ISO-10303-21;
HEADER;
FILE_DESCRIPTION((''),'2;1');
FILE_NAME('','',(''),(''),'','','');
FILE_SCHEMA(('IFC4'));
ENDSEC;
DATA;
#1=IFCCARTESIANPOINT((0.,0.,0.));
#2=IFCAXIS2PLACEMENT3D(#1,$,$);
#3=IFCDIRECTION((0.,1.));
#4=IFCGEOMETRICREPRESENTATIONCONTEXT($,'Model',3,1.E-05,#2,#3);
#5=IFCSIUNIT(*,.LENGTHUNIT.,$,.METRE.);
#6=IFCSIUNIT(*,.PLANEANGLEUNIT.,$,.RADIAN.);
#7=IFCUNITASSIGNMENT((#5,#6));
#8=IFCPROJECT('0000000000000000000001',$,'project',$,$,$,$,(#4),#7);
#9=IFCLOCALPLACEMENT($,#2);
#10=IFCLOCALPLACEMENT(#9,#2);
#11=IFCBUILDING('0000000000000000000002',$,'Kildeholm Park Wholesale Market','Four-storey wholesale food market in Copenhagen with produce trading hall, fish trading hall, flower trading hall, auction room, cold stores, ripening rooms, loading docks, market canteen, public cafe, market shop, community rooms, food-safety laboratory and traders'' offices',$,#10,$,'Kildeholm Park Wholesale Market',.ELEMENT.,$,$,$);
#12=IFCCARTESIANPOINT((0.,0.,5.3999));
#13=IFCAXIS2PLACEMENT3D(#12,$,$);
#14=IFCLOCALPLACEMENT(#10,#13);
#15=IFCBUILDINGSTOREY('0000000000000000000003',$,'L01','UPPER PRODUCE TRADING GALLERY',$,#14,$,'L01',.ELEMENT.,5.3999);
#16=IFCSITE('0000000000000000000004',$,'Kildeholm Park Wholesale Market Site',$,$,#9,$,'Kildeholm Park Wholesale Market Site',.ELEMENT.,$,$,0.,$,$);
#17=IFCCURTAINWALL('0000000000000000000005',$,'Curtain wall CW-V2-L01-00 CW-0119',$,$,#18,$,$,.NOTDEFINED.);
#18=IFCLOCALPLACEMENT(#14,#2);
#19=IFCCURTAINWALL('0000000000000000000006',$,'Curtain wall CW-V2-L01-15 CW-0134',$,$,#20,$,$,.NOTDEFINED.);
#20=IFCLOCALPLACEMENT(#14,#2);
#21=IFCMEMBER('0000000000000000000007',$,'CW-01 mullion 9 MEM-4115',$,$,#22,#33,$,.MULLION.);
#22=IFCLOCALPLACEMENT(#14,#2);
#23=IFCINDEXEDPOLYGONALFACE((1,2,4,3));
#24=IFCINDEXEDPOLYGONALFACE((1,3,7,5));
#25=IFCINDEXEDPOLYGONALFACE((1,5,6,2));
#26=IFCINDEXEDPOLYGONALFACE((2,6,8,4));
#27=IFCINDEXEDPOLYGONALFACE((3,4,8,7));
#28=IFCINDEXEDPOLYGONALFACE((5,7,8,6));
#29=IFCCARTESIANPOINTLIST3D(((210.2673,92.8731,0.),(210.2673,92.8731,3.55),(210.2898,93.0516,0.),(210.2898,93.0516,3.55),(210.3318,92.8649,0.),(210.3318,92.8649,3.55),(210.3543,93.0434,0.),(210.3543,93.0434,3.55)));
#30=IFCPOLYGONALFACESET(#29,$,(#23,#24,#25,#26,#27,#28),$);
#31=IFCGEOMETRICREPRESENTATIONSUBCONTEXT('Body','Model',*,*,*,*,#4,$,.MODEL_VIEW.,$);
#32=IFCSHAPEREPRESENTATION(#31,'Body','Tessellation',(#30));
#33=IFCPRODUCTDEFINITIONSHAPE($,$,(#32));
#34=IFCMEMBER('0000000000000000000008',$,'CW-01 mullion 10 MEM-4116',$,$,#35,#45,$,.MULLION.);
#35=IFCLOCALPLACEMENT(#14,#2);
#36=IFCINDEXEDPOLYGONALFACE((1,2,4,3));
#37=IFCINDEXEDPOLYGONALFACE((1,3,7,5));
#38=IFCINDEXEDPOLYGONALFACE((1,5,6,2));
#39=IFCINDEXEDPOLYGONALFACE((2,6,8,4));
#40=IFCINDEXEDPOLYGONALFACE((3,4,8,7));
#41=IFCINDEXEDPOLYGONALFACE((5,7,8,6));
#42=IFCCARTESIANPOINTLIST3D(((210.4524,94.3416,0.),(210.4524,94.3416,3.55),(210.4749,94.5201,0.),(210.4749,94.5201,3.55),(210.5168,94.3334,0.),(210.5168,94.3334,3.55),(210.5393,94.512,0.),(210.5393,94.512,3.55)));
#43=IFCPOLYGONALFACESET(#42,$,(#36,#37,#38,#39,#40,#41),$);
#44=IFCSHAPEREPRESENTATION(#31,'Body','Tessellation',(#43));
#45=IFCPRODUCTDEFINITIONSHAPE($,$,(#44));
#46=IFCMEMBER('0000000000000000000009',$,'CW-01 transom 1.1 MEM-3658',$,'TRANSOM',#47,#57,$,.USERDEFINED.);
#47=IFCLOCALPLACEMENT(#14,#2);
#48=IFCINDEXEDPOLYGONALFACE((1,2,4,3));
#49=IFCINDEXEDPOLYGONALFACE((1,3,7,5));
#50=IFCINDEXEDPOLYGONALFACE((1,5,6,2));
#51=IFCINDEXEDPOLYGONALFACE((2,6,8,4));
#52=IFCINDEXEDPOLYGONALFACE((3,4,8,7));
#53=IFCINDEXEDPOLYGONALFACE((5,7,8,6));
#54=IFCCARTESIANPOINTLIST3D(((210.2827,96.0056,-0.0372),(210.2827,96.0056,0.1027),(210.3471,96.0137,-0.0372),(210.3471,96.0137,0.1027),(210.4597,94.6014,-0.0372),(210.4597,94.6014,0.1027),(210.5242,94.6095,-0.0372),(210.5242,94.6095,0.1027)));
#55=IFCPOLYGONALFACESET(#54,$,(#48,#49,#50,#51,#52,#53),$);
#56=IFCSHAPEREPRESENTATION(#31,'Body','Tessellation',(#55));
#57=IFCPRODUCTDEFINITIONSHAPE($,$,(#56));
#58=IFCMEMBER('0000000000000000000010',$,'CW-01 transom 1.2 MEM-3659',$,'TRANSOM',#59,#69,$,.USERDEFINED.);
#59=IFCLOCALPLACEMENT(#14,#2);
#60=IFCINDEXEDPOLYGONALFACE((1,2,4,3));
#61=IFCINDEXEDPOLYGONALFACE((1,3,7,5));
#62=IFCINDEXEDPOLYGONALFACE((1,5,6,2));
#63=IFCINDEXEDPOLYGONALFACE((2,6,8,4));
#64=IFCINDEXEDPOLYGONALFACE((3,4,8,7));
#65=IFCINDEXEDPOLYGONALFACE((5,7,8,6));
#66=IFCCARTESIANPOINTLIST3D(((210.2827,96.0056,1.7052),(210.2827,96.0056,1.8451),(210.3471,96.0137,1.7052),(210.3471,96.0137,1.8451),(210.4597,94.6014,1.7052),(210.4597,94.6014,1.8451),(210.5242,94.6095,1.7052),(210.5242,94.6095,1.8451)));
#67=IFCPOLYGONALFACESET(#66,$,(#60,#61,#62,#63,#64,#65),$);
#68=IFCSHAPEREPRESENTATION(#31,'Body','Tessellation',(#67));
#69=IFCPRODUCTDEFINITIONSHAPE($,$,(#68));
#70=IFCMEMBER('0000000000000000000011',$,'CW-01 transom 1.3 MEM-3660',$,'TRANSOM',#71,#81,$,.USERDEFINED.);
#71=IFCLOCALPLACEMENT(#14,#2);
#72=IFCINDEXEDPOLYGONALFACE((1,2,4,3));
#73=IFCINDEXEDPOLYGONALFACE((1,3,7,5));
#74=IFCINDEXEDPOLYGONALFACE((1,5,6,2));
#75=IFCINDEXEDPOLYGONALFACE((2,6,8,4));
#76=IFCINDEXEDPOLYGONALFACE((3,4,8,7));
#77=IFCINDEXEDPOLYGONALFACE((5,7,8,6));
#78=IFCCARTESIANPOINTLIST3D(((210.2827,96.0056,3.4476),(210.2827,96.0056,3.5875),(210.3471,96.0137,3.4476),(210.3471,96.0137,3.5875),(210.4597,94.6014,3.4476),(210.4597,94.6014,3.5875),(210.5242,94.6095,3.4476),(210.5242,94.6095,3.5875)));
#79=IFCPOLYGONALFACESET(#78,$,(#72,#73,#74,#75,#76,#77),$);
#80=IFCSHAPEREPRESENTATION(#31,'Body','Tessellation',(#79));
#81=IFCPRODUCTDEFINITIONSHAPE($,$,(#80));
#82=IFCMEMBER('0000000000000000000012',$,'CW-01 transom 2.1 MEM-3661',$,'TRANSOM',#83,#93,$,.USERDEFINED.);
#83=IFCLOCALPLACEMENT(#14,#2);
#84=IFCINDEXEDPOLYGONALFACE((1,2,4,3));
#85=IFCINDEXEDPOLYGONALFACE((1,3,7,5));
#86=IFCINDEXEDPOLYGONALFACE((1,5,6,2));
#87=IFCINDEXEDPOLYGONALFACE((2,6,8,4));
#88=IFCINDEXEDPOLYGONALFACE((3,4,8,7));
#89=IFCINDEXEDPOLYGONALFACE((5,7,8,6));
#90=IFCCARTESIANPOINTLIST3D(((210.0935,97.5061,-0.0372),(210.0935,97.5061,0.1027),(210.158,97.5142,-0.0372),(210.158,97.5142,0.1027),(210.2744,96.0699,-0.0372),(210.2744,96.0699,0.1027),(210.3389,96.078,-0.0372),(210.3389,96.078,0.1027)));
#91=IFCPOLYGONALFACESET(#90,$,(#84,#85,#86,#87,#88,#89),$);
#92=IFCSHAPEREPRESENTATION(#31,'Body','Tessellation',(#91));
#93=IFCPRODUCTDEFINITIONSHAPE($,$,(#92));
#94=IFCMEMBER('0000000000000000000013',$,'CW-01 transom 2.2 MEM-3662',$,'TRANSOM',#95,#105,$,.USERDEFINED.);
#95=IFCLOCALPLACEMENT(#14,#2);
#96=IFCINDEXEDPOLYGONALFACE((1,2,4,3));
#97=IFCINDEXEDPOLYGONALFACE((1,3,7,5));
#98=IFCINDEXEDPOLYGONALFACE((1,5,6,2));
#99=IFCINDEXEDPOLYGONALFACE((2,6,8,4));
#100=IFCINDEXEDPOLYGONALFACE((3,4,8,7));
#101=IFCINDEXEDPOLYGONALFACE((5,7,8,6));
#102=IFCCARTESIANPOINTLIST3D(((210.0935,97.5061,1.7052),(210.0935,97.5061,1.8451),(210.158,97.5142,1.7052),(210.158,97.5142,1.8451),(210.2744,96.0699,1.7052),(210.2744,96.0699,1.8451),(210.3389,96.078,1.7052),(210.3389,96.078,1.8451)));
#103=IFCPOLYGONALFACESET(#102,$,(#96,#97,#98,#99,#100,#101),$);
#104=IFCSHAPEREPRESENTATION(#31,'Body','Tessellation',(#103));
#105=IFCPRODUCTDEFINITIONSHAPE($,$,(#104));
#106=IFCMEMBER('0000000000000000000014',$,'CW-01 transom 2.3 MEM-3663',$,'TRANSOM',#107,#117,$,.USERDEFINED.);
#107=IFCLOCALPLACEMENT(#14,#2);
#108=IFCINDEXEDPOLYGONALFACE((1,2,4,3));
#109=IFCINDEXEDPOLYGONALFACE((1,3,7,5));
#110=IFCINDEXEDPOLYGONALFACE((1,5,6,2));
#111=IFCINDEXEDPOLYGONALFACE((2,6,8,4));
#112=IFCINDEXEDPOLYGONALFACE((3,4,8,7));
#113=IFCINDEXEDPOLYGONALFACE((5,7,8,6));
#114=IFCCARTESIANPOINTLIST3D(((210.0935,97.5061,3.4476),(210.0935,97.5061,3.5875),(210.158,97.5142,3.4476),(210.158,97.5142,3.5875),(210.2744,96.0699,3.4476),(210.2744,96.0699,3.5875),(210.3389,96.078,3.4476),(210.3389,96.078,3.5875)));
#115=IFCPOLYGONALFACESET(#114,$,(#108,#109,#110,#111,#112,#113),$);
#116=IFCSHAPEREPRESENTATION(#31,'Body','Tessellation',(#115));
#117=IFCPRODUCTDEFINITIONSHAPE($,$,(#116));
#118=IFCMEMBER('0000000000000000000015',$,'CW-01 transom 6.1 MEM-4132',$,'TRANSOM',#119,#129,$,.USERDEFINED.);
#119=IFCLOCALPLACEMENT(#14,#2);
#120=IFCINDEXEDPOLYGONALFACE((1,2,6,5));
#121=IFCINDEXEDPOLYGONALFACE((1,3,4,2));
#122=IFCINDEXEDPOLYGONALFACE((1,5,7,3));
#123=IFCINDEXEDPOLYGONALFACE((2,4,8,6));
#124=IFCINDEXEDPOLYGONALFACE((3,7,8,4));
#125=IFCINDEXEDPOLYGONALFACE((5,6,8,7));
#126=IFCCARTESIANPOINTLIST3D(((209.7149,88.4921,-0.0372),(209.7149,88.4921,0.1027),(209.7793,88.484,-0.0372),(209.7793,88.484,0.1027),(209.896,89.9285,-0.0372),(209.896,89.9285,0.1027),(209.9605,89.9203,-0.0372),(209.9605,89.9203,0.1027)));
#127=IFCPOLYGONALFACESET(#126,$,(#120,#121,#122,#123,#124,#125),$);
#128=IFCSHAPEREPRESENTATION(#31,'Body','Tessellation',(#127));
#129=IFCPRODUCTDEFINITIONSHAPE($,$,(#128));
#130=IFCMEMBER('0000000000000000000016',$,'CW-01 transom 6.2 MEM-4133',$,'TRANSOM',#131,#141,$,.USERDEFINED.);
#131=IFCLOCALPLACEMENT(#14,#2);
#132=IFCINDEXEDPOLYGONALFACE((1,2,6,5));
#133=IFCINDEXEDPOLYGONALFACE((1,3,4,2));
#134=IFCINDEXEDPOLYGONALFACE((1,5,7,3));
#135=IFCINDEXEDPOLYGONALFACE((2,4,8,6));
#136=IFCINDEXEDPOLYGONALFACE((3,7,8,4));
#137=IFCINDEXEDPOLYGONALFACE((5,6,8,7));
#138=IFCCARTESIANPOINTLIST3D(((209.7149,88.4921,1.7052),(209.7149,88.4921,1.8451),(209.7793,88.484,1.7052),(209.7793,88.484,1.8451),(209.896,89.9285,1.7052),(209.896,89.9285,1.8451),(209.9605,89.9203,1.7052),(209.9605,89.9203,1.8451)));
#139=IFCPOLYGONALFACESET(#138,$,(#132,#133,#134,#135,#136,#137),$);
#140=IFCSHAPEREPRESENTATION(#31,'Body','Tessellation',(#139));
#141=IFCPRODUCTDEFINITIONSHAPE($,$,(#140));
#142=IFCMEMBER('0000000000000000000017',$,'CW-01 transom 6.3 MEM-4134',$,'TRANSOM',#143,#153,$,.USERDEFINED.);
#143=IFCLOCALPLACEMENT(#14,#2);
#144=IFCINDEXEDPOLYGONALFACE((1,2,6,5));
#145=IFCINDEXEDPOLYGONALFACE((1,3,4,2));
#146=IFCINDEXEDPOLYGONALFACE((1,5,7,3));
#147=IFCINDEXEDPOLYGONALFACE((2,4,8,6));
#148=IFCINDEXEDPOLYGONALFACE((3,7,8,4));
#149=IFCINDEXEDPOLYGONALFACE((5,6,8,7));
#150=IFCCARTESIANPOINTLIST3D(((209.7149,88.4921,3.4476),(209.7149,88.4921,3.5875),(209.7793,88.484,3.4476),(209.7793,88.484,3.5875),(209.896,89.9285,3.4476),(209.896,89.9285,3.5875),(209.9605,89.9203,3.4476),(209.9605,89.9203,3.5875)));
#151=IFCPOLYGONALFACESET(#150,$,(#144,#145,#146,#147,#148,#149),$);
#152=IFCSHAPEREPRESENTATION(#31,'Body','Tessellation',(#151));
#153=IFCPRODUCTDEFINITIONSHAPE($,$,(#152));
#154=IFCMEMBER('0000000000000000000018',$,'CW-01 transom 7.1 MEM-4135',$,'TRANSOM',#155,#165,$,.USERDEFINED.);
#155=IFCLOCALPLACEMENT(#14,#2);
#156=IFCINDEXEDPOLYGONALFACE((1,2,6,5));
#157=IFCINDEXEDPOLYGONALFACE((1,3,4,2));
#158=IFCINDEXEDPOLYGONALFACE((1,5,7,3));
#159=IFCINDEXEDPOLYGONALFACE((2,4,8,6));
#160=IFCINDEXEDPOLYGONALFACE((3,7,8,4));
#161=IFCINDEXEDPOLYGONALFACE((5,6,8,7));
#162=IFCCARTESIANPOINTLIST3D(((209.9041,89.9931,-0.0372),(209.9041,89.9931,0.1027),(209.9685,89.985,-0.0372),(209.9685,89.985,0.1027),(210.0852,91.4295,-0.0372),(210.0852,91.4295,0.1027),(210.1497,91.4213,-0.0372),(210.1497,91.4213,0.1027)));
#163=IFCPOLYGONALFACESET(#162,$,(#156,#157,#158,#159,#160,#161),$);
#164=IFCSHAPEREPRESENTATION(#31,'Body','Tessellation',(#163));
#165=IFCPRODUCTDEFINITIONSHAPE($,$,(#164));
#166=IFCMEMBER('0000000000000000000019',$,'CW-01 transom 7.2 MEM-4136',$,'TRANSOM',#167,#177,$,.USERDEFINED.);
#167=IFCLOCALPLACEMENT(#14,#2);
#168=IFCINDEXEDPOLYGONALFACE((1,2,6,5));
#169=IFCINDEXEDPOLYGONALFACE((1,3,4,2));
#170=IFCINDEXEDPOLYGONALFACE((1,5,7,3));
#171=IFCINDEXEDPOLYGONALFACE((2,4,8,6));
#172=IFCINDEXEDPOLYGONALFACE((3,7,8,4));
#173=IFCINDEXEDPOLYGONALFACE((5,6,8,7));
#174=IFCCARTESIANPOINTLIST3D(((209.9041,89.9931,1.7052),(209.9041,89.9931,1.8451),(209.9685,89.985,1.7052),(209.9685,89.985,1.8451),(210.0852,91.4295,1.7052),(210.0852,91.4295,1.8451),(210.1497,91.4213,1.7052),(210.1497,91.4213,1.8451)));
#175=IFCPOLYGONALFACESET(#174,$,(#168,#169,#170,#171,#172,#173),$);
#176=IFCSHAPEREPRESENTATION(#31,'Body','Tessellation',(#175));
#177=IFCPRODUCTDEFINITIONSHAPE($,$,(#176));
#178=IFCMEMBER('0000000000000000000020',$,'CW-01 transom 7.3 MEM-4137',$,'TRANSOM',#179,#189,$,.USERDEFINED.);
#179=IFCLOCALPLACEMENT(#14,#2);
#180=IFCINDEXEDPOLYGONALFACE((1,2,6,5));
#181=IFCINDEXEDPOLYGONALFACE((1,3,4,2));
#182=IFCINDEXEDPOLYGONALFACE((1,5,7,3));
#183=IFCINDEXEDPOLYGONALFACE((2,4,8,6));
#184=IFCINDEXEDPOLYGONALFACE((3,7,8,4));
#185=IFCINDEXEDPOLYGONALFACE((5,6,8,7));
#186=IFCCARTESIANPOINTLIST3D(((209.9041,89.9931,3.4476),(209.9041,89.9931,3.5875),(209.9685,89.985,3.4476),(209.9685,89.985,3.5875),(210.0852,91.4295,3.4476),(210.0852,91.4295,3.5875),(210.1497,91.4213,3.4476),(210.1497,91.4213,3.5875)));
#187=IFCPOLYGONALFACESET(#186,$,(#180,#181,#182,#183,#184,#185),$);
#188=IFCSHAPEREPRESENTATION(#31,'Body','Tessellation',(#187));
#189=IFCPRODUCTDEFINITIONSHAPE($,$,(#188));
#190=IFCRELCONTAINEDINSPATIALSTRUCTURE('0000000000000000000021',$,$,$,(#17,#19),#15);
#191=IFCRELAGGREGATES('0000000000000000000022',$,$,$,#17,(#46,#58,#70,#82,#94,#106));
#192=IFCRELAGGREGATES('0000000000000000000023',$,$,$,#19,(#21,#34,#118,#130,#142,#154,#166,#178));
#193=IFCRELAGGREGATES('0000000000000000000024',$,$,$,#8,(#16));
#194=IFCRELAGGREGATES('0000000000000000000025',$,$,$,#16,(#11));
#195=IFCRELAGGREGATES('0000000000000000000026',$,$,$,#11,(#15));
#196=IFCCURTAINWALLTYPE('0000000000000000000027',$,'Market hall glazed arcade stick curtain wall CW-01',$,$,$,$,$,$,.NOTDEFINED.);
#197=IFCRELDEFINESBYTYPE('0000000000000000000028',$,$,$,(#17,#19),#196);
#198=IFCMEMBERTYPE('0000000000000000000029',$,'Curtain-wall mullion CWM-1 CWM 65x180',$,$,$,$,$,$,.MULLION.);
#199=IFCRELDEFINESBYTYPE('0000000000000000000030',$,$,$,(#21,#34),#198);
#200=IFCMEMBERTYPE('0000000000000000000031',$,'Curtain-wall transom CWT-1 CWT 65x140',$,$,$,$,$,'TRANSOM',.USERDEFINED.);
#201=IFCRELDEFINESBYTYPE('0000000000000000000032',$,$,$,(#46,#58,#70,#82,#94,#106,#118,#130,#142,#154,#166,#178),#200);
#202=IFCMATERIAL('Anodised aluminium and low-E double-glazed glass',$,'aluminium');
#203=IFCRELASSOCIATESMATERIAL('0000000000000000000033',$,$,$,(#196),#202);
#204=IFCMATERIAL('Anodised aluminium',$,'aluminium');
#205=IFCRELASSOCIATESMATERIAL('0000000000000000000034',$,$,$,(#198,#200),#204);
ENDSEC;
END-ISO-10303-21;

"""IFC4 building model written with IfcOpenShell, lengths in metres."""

from ifc_helpers import new_model, si_unit, direction, frame, origin, origin_2d, place, context, subcontext, project, spatial, rectangle, extrude, material, material_profile, profile_set, type_object, element, aggregate, save


model = new_model("IFC4")

# Units and contexts
model_context = context("Model", 3, precision=1e-05, world=origin(), true_north=direction((0.0, 1.0)))
body_context = subcontext(model_context, "Body", "Model", "MODEL_VIEW")
ifc_project = project(units=[si_unit("LENGTHUNIT", "METRE"), si_unit("PLANEANGLEUNIT", "RADIAN")], contexts=[model_context])

# Site, building, storey
site_placement = place(None, origin())
site = spatial("IfcSite", under=ifc_project, at=site_placement, Name="Kildeholm Park Wholesale Market Site", LongName="Kildeholm Park Wholesale Market Site", CompositionType="ELEMENT", RefElevation=0.0)
building_placement = place(site_placement, origin())
building = spatial("IfcBuilding", under=site, at=building_placement, Name="Kildeholm Park Wholesale Market", Description="Four-storey wholesale food market in Copenhagen with produce trading hall, fish trading hall, flower trading hall, auction room, cold stores, ripening rooms, loading docks, market canteen, public cafe, market shop, community rooms, food-safety laboratory and traders' offices", LongName="Kildeholm Park Wholesale Market", CompositionType="ELEMENT")
storey_placement = place(building_placement, frame((0.0, 0.0, 5.3999)))
storey = spatial("IfcBuildingStorey", under=building, at=storey_placement, Name="L01", Description="UPPER PRODUCE TRADING GALLERY", LongName="L01", CompositionType="ELEMENT", Elevation=5.3999)

# Curtain walls, members
ifc_material_1 = material(Name="Anodised aluminium and low-E double-glazed glass", Category="aluminium")
curtain_wall_type = type_object("IfcCurtainWallType", Name="Market hall glazed arcade stick curtain wall CW-01", PredefinedType="NOTDEFINED", material=ifc_material_1)
curtain_wall_1_placement = place(storey_placement, origin())
curtain_wall_1 = element("IfcCurtainWall", 1, at=curtain_wall_1_placement, inside=storey, type_object=curtain_wall_type, Name="Curtain wall CW-V2-L01-00 CW-0119", PredefinedType="NOTDEFINED")
ifc_material_2 = material(Name="Anodised aluminium", Category="aluminium")
ifc_material_profile_1 = material_profile(ifc_material_2, rectangle(XDim=0.0649, YDim=0.1799, at=origin_2d()), Name="CWM 65x180")
ifc_profile_set_1 = profile_set([ifc_material_profile_1], Name="Anodised aluminium")
member_type_1 = type_object("IfcMemberType", Name="Curtain-wall mullion CWM-1 CWM 65x180", PredefinedType="MULLION", material=ifc_profile_set_1)
curtain_wall_2_placement = place(storey_placement, origin())
curtain_wall_2 = element("IfcCurtainWall", 2, at=curtain_wall_2_placement, inside=storey, type_object=curtain_wall_type, Name="Curtain wall CW-V2-L01-15 CW-0134", PredefinedType="NOTDEFINED")
member_1_placement = place(storey_placement, frame((210.3108, 92.9583, 0.0), z_axis=(0.0, 0.0, 1.0), x_axis=(-0.992145, 0.125092, 0.0)))
member_1 = element("IfcMember", 3, at=member_1_placement, type_object=member_type_1, Name="CW-01 mullion 9 MEM-4115", PredefinedType="MULLION", context=body_context, shape_type="SweptSolid", body=[
    extrude(rectangle(XDim=0.0649, YDim=0.1799, at=origin_2d()), origin(), (0.0, 0.0, 1.0), 3.55),
])
member_2_placement = place(storey_placement, frame((210.4958, 94.4268, 0.0), z_axis=(0.0, 0.0, 1.0), x_axis=(-0.992145, 0.125092, 0.0)))
member_2 = element("IfcMember", 4, at=member_2_placement, type_object=member_type_1, Name="CW-01 mullion 10 MEM-4116", PredefinedType="MULLION", context=body_context, shape_type="SweptSolid", body=[
    extrude(rectangle(XDim=0.0649, YDim=0.1799, at=origin_2d()), origin(), (0.0, 0.0, 1.0), 3.55),
])

# Members
ifc_material_profile_2 = material_profile(ifc_material_2, rectangle(XDim=0.0649, YDim=0.1399, at=origin_2d()), Name="CWT 65x140")
ifc_profile_set_2 = profile_set([ifc_material_profile_2], Name="Anodised aluminium")
member_type_2 = type_object("IfcMemberType", Name="Curtain-wall transom CWT-1 CWT 65x140", ElementType="TRANSOM", PredefinedType="USERDEFINED", material=ifc_profile_set_2)
member_3_placement = place(storey_placement, frame((210.4919, 94.6055, 0.0327), z_axis=(-0.125075, 0.992147, 0.0), x_axis=(-0.992147, -0.125075, 0.0)))
member_3 = element("IfcMember", 5, at=member_3_placement, type_object=member_type_2, Name="CW-01 transom 1.1 MEM-3658", ObjectType="TRANSOM", PredefinedType="USERDEFINED", context=body_context, shape_type="SweptSolid", body=[
    extrude(rectangle(XDim=0.0649, YDim=0.1399, at=origin_2d()), origin(), (0.0, 0.0, 1.0), 1.4153),
])
member_4_placement = place(storey_placement, frame((210.4919, 94.6055, 1.7751), z_axis=(-0.125075, 0.992147, 0.0), x_axis=(-0.992147, -0.125075, 0.0)))
member_4 = element("IfcMember", 6, at=member_4_placement, type_object=member_type_2, Name="CW-01 transom 1.2 MEM-3659", ObjectType="TRANSOM", PredefinedType="USERDEFINED", context=body_context, shape_type="SweptSolid", body=[
    extrude(rectangle(XDim=0.0649, YDim=0.1399, at=origin_2d()), origin(), (0.0, 0.0, 1.0), 1.4153),
])
member_5_placement = place(storey_placement, frame((210.4919, 94.6055, 3.5176), z_axis=(-0.125075, 0.992147, 0.0), x_axis=(-0.992147, -0.125075, 0.0)))
member_5 = element("IfcMember", 7, at=member_5_placement, type_object=member_type_2, Name="CW-01 transom 1.3 MEM-3660", ObjectType="TRANSOM", PredefinedType="USERDEFINED", context=body_context, shape_type="SweptSolid", body=[
    extrude(rectangle(XDim=0.0649, YDim=0.1399, at=origin_2d()), origin(), (0.0, 0.0, 1.0), 1.4153),
])
member_6_placement = place(storey_placement, frame((210.3066, 96.074, 0.0327), z_axis=(-0.124969, 0.992161, 0.0), x_axis=(-0.992161, -0.124969, 0.0)))
member_6 = element("IfcMember", 8, at=member_6_placement, type_object=member_type_2, Name="CW-01 transom 2.1 MEM-3661", ObjectType="TRANSOM", PredefinedType="USERDEFINED", context=body_context, shape_type="SweptSolid", body=[
    extrude(rectangle(XDim=0.0649, YDim=0.1399, at=origin_2d()), origin(), (0.0, 0.0, 1.0), 1.4475),
])
member_7_placement = place(storey_placement, frame((210.3066, 96.074, 1.7751), z_axis=(-0.124969, 0.992161, 0.0), x_axis=(-0.992161, -0.124969, 0.0)))
member_7 = element("IfcMember", 9, at=member_7_placement, type_object=member_type_2, Name="CW-01 transom 2.2 MEM-3662", ObjectType="TRANSOM", PredefinedType="USERDEFINED", context=body_context, shape_type="SweptSolid", body=[
    extrude(rectangle(XDim=0.0649, YDim=0.1399, at=origin_2d()), origin(), (0.0, 0.0, 1.0), 1.4475),
])
member_8_placement = place(storey_placement, frame((210.3066, 96.074, 3.5176), z_axis=(-0.124969, 0.992161, 0.0), x_axis=(-0.992161, -0.124969, 0.0)))
member_8 = element("IfcMember", 10, at=member_8_placement, type_object=member_type_2, Name="CW-01 transom 2.3 MEM-3663", ObjectType="TRANSOM", PredefinedType="USERDEFINED", context=body_context, shape_type="SweptSolid", body=[
    extrude(rectangle(XDim=0.0649, YDim=0.1399, at=origin_2d()), origin(), (0.0, 0.0, 1.0), 1.4475),
])
member_9_placement = place(storey_placement, frame((209.7471, 88.488, 0.0327), z_axis=(0.125135, 0.99214, 0.0), x_axis=(-0.99214, 0.125135, 0.0)))
member_9 = element("IfcMember", 11, at=member_9_placement, type_object=member_type_2, Name="CW-01 transom 6.1 MEM-4132", ObjectType="TRANSOM", PredefinedType="USERDEFINED", context=body_context, shape_type="SweptSolid", body=[
    extrude(rectangle(XDim=0.0649, YDim=0.1399, at=origin_2d()), origin(), (0.0, 0.0, 1.0), 1.4478),
])
member_10_placement = place(storey_placement, frame((209.7471, 88.488, 1.7751), z_axis=(0.125135, 0.99214, 0.0), x_axis=(-0.99214, 0.125135, 0.0)))
member_10 = element("IfcMember", 12, at=member_10_placement, type_object=member_type_2, Name="CW-01 transom 6.2 MEM-4133", ObjectType="TRANSOM", PredefinedType="USERDEFINED", context=body_context, shape_type="SweptSolid", body=[
    extrude(rectangle(XDim=0.0649, YDim=0.1399, at=origin_2d()), origin(), (0.0, 0.0, 1.0), 1.4478),
])
member_11_placement = place(storey_placement, frame((209.7471, 88.488, 3.5176), z_axis=(0.125135, 0.99214, 0.0), x_axis=(-0.99214, 0.125135, 0.0)))
member_11 = element("IfcMember", 13, at=member_11_placement, type_object=member_type_2, Name="CW-01 transom 6.3 MEM-4134", ObjectType="TRANSOM", PredefinedType="USERDEFINED", context=body_context, shape_type="SweptSolid", body=[
    extrude(rectangle(XDim=0.0649, YDim=0.1399, at=origin_2d()), origin(), (0.0, 0.0, 1.0), 1.4478),
])
member_12_placement = place(storey_placement, frame((209.9363, 89.989, 0.0327), z_axis=(0.125135, 0.99214, 0.0), x_axis=(-0.99214, 0.125135, 0.0)))
member_12 = element("IfcMember", 14, at=member_12_placement, type_object=member_type_2, Name="CW-01 transom 7.1 MEM-4135", ObjectType="TRANSOM", PredefinedType="USERDEFINED", context=body_context, shape_type="SweptSolid", body=[
    extrude(rectangle(XDim=0.0649, YDim=0.1399, at=origin_2d()), origin(), (0.0, 0.0, 1.0), 1.4478),
])
member_13_placement = place(storey_placement, frame((209.9363, 89.989, 1.7751), z_axis=(0.125135, 0.99214, 0.0), x_axis=(-0.99214, 0.125135, 0.0)))
member_13 = element("IfcMember", 15, at=member_13_placement, type_object=member_type_2, Name="CW-01 transom 7.2 MEM-4136", ObjectType="TRANSOM", PredefinedType="USERDEFINED", context=body_context, shape_type="SweptSolid", body=[
    extrude(rectangle(XDim=0.0649, YDim=0.1399, at=origin_2d()), origin(), (0.0, 0.0, 1.0), 1.4478),
])
member_14_placement = place(storey_placement, frame((209.9363, 89.989, 3.5176), z_axis=(0.125135, 0.99214, 0.0), x_axis=(-0.99214, 0.125135, 0.0)))
member_14 = element("IfcMember", 16, at=member_14_placement, type_object=member_type_2, Name="CW-01 transom 7.3 MEM-4137", ObjectType="TRANSOM", PredefinedType="USERDEFINED", context=body_context, shape_type="SweptSolid", body=[
    extrude(rectangle(XDim=0.0649, YDim=0.1399, at=origin_2d()), origin(), (0.0, 0.0, 1.0), 1.4478),
])

aggregate(curtain_wall_1, [member_3, member_4, member_5, member_6, member_7, member_8])
aggregate(curtain_wall_2, [member_1, member_2, member_9, member_10, member_11, member_12, member_13, member_14])

save(model, "model.ifc")
